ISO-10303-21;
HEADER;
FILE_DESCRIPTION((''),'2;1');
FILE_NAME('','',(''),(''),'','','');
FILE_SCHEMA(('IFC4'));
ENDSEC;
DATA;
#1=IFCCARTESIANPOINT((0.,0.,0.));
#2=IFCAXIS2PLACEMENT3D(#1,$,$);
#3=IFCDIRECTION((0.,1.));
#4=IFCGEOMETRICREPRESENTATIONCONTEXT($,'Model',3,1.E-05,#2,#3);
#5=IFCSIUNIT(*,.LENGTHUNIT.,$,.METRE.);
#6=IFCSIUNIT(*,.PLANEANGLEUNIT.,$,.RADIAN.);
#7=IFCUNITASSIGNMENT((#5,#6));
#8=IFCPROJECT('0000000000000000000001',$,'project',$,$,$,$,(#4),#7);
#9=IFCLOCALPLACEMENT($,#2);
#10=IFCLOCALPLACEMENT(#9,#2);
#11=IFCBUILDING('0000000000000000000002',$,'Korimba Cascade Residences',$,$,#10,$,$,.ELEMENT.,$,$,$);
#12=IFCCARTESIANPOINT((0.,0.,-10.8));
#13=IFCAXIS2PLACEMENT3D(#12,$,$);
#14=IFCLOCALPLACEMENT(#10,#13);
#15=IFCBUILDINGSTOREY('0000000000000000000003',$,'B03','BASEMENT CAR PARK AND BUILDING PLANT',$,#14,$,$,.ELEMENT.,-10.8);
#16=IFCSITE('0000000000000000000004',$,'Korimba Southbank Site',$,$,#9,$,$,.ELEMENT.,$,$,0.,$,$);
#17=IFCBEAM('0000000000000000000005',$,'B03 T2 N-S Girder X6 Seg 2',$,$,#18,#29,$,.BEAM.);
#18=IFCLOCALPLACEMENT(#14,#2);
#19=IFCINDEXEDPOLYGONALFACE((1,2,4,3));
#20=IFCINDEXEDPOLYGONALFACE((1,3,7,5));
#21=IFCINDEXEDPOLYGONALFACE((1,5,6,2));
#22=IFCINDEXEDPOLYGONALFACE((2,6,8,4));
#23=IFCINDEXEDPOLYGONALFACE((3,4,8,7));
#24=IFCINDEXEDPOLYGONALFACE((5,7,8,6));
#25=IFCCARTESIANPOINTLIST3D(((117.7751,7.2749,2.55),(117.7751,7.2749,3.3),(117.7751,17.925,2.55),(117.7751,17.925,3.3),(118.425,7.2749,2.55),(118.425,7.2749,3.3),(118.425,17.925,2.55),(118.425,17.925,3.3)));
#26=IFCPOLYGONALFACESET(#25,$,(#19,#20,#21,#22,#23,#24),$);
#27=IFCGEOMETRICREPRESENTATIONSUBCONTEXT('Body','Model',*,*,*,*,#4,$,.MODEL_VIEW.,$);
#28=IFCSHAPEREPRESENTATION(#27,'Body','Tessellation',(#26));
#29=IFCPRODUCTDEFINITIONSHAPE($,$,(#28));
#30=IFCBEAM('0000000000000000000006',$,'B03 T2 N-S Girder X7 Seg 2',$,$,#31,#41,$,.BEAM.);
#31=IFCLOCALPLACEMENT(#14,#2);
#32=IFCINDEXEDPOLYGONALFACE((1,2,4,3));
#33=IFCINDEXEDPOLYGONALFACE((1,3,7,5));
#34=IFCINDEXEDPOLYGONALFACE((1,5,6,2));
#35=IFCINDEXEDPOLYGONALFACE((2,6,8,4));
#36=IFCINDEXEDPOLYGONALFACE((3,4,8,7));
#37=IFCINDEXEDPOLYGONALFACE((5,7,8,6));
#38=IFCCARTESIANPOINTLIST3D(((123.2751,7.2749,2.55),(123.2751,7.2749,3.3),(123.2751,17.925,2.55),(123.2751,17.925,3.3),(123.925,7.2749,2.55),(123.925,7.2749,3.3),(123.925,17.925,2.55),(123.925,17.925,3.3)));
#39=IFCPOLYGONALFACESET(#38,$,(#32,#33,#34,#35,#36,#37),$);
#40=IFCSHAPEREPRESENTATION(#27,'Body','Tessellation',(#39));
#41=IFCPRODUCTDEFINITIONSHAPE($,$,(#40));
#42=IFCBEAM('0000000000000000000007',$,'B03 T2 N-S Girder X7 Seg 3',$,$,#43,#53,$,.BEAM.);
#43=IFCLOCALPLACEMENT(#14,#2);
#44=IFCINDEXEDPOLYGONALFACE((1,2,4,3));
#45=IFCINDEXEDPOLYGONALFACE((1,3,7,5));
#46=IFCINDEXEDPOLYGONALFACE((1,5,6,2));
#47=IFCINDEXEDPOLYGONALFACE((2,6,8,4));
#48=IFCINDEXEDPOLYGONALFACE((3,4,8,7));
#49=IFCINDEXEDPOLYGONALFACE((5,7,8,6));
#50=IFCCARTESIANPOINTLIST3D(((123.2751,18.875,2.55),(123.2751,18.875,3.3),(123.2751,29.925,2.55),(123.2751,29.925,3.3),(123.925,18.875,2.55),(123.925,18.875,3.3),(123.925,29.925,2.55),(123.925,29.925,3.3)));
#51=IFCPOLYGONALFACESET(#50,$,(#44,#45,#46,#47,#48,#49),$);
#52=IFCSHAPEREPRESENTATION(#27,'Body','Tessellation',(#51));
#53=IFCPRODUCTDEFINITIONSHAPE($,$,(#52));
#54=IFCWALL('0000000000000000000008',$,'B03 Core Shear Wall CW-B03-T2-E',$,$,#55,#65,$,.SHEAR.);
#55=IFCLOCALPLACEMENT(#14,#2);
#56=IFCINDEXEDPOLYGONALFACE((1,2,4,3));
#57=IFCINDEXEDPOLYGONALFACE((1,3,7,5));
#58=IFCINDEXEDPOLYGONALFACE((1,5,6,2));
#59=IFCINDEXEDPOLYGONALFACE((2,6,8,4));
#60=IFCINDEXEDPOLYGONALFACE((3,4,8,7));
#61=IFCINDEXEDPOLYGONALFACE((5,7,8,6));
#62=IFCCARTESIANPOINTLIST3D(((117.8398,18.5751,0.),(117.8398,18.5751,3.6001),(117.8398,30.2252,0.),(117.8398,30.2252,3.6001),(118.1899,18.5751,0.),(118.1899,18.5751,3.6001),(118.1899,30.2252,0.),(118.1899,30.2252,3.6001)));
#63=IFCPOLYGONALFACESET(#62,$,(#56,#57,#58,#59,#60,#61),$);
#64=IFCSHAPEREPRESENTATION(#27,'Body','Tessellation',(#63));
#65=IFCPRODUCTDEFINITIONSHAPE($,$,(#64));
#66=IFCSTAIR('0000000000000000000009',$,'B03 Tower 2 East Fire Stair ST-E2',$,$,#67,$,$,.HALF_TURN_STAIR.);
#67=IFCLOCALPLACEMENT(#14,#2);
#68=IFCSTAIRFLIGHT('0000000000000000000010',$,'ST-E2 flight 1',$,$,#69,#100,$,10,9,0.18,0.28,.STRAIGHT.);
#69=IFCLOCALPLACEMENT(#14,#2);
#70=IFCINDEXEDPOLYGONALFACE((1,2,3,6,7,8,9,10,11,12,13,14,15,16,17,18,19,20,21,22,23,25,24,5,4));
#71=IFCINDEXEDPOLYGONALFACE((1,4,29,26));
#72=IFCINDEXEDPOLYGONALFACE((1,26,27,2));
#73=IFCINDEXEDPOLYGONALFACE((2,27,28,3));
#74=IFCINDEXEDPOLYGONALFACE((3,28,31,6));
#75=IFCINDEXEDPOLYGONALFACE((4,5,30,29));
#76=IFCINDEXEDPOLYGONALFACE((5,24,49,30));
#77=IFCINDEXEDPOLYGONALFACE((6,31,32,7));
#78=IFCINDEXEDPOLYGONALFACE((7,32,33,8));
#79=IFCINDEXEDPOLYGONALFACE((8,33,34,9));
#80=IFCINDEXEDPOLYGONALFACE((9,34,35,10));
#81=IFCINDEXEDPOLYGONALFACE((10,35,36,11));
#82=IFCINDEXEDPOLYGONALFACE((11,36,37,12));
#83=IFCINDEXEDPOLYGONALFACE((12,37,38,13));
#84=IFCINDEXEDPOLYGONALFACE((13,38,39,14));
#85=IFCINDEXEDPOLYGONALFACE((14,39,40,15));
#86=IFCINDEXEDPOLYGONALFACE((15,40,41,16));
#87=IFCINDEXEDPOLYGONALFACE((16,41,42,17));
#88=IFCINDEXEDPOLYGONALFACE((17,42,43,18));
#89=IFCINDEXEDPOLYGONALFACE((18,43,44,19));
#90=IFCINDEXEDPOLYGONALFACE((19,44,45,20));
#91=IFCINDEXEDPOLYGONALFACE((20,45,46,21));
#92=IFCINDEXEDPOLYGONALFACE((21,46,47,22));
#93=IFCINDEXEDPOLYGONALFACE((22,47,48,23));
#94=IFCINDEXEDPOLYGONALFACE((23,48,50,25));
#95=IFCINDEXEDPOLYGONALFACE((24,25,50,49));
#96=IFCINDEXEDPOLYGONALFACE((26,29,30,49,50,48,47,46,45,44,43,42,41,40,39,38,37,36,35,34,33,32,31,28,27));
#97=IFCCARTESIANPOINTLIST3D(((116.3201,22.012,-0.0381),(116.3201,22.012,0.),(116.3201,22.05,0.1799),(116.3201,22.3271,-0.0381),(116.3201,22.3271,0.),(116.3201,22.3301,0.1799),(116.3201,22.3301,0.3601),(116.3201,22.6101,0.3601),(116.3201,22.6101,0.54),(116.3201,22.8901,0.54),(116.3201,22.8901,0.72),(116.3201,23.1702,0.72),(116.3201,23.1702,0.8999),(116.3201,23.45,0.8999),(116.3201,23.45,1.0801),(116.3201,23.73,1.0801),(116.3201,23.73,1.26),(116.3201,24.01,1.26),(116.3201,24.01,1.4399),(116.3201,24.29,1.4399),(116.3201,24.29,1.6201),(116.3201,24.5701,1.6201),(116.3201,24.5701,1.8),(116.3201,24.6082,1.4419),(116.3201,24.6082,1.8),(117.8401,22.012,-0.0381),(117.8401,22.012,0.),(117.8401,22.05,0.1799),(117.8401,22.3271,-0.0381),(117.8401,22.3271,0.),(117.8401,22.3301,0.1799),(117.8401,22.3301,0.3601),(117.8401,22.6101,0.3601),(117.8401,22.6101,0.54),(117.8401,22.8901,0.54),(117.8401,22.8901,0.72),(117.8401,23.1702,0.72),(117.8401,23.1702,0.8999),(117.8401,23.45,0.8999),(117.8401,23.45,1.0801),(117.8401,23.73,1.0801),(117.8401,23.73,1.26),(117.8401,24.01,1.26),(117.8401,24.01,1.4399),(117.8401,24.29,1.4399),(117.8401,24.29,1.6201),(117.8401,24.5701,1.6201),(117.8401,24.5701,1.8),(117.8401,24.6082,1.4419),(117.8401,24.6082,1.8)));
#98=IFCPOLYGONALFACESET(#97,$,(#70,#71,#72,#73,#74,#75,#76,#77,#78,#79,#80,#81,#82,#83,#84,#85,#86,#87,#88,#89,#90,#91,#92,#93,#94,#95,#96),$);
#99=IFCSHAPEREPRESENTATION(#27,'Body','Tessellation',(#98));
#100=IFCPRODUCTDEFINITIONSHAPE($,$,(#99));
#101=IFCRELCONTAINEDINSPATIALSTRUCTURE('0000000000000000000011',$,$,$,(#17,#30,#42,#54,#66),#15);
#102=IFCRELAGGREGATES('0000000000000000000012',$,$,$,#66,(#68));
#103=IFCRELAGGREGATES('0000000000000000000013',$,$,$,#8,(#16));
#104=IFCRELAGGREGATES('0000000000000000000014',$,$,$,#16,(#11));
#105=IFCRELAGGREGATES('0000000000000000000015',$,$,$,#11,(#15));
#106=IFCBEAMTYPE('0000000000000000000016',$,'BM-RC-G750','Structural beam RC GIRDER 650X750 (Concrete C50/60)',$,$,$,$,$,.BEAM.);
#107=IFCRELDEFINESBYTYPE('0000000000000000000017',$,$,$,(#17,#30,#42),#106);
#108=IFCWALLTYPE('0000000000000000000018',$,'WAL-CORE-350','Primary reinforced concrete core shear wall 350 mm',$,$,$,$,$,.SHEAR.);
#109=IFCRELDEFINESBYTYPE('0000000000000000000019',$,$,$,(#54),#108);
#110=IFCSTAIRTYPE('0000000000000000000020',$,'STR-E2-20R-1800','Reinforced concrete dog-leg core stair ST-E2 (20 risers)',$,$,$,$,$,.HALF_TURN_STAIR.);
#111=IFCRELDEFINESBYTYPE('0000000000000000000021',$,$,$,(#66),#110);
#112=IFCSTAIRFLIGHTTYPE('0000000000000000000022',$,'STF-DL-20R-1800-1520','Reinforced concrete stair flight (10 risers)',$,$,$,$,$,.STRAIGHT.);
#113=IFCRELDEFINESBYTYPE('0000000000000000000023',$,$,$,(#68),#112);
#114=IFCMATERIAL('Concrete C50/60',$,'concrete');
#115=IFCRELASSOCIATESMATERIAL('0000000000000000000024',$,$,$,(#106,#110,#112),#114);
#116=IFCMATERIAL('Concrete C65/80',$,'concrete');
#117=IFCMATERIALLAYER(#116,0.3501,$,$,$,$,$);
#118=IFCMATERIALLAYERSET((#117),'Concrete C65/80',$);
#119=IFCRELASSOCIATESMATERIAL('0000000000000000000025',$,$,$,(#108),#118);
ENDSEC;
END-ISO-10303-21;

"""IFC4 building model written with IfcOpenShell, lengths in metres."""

from ifc_helpers import new_model, si_unit, direction, frame, frame_2d, origin, origin_2d, place, context, subcontext, project, spatial, polyline, rectangle, outline, extrude, material, layer, layer_set, material_profile, profile_set, type_object, element, aggregate, save


model = new_model("IFC4")

# Units and contexts
model_context = context("Model", 3, precision=1e-05, world=origin(), true_north=direction((0.0, 1.0)))
body_context = subcontext(model_context, "Body", "Model", "MODEL_VIEW")
ifc_project = project(units=[si_unit("LENGTHUNIT", "METRE"), si_unit("PLANEANGLEUNIT", "RADIAN")], contexts=[model_context])

# Site, building, storey
site_placement = place(None, origin())
site = spatial("IfcSite", under=ifc_project, at=site_placement, Name="Korimba Southbank Site", CompositionType="ELEMENT", RefElevation=0.0)
building_placement = place(site_placement, origin())
building = spatial("IfcBuilding", under=site, at=building_placement, Name="Korimba Cascade Residences", CompositionType="ELEMENT")
storey_placement = place(building_placement, frame((0.0, 0.0, -10.8)))
storey = spatial("IfcBuildingStorey", under=building, at=storey_placement, Name="B03", Description="BASEMENT CAR PARK AND BUILDING PLANT", CompositionType="ELEMENT", Elevation=-10.8)

# Shared definitions
ifc_material_1 = material(Name="Concrete C50/60", Category="concrete")

# Beams
ifc_material_profile_1 = material_profile(ifc_material_1, rectangle(XDim=0.6499, YDim=0.75, at=origin_2d()), Name="Concrete C50/60")
ifc_profile_set_1 = profile_set([ifc_material_profile_1], Name="Concrete C50/60")
beam_type_1 = type_object("IfcBeamType", Name="BM-RC-G750", Description="Structural beam RC GIRDER 650X750 (Concrete C50/60)", PredefinedType="BEAM", material=ifc_profile_set_1)
for number, where, z_axis, x_axis, name in (
    (1, (118.1001, 7.2749, 2.925), (0.0, 1.0, 0.0), (-1.0, 0.0, 0.0), "B03 T2 N-S Girder X6 Seg 2"),
    (2, (123.6001, 7.2749, 2.925), (0.0, 1.0, 0.0), (-1.0, 0.0, 0.0), "B03 T2 N-S Girder X7 Seg 2"),
):
    element("IfcBeam", number, at=place(storey_placement, frame(where, z_axis=z_axis, x_axis=x_axis)), inside=storey, type_object=beam_type_1, Name=name, PredefinedType="BEAM", context=body_context, shape_type="SweptSolid", body=[
        extrude(rectangle(XDim=0.6499, YDim=0.75, at=origin_2d()), origin(), (0.0, 0.0, 1.0), 10.6501),
    ])
beam_placement = place(storey_placement, frame((123.6001, 18.875, 2.925), z_axis=(0.0, 1.0, 0.0), x_axis=(-1.0, 0.0, 0.0)))
element("IfcBeam", 3, at=beam_placement, inside=storey, type_object=beam_type_1, Name="B03 T2 N-S Girder X7 Seg 3", PredefinedType="BEAM", context=body_context, shape_type="SweptSolid", body=[
    extrude(rectangle(XDim=0.6499, YDim=0.75, at=origin_2d()), origin(), (0.0, 0.0, 1.0), 11.05),
])

# Wall
ifc_material_2 = material(Name="Concrete C65/80", Category="concrete")
ifc_layer = layer(ifc_material_2, 0.3501)
ifc_layer_set = layer_set([ifc_layer], Name="Concrete C65/80")
wall_type = type_object("IfcWallType", Name="WAL-CORE-350", Description="Primary reinforced concrete core shear wall 350 mm", PredefinedType="SHEAR", material=ifc_layer_set)
wall_placement = place(storey_placement, frame((118.0149, 18.575, 0.0), z_axis=(0.0, 0.0, 1.0), x_axis=(0.0, 1.0, 0.0)))
element("IfcWall", 4, at=wall_placement, inside=storey, type_object=wall_type, Name="B03 Core Shear Wall CW-B03-T2-E", PredefinedType="SHEAR", context=body_context, shape_type="SweptSolid", body=[
    extrude(rectangle(XDim=11.6501, YDim=0.3501, at=frame_2d((5.8252, 0.0))), origin(), (0.0, 0.0, 1.0), 3.6001),
])

# Stair, stair flight
stair_type = type_object("IfcStairType", Name="STR-E2-20R-1800", Description="Reinforced concrete dog-leg core stair ST-E2 (20 risers)", PredefinedType="HALF_TURN_STAIR", material=ifc_material_1)
stair_placement = place(storey_placement, origin())
stair = element("IfcStair", 5, at=stair_placement, inside=storey, type_object=stair_type, Name="B03 Tower 2 East Fire Stair ST-E2", PredefinedType="HALF_TURN_STAIR")
stair_flight_type = type_object("IfcStairFlightType", Name="STF-DL-20R-1800-1520", Description="Reinforced concrete stair flight (10 risers)", PredefinedType="STRAIGHT", material=ifc_material_1)
stair_flight_placement = place(storey_placement, frame((117.0801, 22.05, 0.0), z_axis=(0.0, 0.0, 1.0), x_axis=(0.0, 1.0, 0.0)))
stair_flight = element("IfcStairFlight", 6, at=stair_flight_placement, type_object=stair_flight_type, Name="ST-E2 flight 1", NumberOfRisers=10, NumberOfTreads=9, PredefinedType="STRAIGHT", RiserHeight=0.18, TreadLength=0.28, context=body_context, shape_type="SweptSolid", body=[
    extrude(outline(polyline([(-0.0381, 0.0), (0.0, 0.1799), (0.28, 0.1799), (0.28, 0.3601), (0.5601, 0.3601), (0.5601, 0.54), (0.8401, 0.54), (0.8401, 0.72), (1.1201, 0.72), (1.1201, 0.8999), (1.3999, 0.8999), (1.3999, 1.0801), (1.6799, 1.0801), (1.6799, 1.26), (1.96, 1.26), (1.96, 1.4399), (2.24, 1.4399), (2.24, 1.6201), (2.52, 1.6201), (2.52, 1.8), (2.5581, 1.8), (2.5581, 1.4419), (0.2771, 0.0), (0.2771, -0.0381), (-0.0381, -0.0381), (-0.0381, 0.0)])), frame((0.0, 0.76, 0.0), z_axis=(0.0, -1.0, 0.0), x_axis=(1.0, 0.0, 0.0)), (0.0, 0.0, 1.0), 1.52),
])
aggregate(stair, [stair_flight])

save(model, "model.ifc")
